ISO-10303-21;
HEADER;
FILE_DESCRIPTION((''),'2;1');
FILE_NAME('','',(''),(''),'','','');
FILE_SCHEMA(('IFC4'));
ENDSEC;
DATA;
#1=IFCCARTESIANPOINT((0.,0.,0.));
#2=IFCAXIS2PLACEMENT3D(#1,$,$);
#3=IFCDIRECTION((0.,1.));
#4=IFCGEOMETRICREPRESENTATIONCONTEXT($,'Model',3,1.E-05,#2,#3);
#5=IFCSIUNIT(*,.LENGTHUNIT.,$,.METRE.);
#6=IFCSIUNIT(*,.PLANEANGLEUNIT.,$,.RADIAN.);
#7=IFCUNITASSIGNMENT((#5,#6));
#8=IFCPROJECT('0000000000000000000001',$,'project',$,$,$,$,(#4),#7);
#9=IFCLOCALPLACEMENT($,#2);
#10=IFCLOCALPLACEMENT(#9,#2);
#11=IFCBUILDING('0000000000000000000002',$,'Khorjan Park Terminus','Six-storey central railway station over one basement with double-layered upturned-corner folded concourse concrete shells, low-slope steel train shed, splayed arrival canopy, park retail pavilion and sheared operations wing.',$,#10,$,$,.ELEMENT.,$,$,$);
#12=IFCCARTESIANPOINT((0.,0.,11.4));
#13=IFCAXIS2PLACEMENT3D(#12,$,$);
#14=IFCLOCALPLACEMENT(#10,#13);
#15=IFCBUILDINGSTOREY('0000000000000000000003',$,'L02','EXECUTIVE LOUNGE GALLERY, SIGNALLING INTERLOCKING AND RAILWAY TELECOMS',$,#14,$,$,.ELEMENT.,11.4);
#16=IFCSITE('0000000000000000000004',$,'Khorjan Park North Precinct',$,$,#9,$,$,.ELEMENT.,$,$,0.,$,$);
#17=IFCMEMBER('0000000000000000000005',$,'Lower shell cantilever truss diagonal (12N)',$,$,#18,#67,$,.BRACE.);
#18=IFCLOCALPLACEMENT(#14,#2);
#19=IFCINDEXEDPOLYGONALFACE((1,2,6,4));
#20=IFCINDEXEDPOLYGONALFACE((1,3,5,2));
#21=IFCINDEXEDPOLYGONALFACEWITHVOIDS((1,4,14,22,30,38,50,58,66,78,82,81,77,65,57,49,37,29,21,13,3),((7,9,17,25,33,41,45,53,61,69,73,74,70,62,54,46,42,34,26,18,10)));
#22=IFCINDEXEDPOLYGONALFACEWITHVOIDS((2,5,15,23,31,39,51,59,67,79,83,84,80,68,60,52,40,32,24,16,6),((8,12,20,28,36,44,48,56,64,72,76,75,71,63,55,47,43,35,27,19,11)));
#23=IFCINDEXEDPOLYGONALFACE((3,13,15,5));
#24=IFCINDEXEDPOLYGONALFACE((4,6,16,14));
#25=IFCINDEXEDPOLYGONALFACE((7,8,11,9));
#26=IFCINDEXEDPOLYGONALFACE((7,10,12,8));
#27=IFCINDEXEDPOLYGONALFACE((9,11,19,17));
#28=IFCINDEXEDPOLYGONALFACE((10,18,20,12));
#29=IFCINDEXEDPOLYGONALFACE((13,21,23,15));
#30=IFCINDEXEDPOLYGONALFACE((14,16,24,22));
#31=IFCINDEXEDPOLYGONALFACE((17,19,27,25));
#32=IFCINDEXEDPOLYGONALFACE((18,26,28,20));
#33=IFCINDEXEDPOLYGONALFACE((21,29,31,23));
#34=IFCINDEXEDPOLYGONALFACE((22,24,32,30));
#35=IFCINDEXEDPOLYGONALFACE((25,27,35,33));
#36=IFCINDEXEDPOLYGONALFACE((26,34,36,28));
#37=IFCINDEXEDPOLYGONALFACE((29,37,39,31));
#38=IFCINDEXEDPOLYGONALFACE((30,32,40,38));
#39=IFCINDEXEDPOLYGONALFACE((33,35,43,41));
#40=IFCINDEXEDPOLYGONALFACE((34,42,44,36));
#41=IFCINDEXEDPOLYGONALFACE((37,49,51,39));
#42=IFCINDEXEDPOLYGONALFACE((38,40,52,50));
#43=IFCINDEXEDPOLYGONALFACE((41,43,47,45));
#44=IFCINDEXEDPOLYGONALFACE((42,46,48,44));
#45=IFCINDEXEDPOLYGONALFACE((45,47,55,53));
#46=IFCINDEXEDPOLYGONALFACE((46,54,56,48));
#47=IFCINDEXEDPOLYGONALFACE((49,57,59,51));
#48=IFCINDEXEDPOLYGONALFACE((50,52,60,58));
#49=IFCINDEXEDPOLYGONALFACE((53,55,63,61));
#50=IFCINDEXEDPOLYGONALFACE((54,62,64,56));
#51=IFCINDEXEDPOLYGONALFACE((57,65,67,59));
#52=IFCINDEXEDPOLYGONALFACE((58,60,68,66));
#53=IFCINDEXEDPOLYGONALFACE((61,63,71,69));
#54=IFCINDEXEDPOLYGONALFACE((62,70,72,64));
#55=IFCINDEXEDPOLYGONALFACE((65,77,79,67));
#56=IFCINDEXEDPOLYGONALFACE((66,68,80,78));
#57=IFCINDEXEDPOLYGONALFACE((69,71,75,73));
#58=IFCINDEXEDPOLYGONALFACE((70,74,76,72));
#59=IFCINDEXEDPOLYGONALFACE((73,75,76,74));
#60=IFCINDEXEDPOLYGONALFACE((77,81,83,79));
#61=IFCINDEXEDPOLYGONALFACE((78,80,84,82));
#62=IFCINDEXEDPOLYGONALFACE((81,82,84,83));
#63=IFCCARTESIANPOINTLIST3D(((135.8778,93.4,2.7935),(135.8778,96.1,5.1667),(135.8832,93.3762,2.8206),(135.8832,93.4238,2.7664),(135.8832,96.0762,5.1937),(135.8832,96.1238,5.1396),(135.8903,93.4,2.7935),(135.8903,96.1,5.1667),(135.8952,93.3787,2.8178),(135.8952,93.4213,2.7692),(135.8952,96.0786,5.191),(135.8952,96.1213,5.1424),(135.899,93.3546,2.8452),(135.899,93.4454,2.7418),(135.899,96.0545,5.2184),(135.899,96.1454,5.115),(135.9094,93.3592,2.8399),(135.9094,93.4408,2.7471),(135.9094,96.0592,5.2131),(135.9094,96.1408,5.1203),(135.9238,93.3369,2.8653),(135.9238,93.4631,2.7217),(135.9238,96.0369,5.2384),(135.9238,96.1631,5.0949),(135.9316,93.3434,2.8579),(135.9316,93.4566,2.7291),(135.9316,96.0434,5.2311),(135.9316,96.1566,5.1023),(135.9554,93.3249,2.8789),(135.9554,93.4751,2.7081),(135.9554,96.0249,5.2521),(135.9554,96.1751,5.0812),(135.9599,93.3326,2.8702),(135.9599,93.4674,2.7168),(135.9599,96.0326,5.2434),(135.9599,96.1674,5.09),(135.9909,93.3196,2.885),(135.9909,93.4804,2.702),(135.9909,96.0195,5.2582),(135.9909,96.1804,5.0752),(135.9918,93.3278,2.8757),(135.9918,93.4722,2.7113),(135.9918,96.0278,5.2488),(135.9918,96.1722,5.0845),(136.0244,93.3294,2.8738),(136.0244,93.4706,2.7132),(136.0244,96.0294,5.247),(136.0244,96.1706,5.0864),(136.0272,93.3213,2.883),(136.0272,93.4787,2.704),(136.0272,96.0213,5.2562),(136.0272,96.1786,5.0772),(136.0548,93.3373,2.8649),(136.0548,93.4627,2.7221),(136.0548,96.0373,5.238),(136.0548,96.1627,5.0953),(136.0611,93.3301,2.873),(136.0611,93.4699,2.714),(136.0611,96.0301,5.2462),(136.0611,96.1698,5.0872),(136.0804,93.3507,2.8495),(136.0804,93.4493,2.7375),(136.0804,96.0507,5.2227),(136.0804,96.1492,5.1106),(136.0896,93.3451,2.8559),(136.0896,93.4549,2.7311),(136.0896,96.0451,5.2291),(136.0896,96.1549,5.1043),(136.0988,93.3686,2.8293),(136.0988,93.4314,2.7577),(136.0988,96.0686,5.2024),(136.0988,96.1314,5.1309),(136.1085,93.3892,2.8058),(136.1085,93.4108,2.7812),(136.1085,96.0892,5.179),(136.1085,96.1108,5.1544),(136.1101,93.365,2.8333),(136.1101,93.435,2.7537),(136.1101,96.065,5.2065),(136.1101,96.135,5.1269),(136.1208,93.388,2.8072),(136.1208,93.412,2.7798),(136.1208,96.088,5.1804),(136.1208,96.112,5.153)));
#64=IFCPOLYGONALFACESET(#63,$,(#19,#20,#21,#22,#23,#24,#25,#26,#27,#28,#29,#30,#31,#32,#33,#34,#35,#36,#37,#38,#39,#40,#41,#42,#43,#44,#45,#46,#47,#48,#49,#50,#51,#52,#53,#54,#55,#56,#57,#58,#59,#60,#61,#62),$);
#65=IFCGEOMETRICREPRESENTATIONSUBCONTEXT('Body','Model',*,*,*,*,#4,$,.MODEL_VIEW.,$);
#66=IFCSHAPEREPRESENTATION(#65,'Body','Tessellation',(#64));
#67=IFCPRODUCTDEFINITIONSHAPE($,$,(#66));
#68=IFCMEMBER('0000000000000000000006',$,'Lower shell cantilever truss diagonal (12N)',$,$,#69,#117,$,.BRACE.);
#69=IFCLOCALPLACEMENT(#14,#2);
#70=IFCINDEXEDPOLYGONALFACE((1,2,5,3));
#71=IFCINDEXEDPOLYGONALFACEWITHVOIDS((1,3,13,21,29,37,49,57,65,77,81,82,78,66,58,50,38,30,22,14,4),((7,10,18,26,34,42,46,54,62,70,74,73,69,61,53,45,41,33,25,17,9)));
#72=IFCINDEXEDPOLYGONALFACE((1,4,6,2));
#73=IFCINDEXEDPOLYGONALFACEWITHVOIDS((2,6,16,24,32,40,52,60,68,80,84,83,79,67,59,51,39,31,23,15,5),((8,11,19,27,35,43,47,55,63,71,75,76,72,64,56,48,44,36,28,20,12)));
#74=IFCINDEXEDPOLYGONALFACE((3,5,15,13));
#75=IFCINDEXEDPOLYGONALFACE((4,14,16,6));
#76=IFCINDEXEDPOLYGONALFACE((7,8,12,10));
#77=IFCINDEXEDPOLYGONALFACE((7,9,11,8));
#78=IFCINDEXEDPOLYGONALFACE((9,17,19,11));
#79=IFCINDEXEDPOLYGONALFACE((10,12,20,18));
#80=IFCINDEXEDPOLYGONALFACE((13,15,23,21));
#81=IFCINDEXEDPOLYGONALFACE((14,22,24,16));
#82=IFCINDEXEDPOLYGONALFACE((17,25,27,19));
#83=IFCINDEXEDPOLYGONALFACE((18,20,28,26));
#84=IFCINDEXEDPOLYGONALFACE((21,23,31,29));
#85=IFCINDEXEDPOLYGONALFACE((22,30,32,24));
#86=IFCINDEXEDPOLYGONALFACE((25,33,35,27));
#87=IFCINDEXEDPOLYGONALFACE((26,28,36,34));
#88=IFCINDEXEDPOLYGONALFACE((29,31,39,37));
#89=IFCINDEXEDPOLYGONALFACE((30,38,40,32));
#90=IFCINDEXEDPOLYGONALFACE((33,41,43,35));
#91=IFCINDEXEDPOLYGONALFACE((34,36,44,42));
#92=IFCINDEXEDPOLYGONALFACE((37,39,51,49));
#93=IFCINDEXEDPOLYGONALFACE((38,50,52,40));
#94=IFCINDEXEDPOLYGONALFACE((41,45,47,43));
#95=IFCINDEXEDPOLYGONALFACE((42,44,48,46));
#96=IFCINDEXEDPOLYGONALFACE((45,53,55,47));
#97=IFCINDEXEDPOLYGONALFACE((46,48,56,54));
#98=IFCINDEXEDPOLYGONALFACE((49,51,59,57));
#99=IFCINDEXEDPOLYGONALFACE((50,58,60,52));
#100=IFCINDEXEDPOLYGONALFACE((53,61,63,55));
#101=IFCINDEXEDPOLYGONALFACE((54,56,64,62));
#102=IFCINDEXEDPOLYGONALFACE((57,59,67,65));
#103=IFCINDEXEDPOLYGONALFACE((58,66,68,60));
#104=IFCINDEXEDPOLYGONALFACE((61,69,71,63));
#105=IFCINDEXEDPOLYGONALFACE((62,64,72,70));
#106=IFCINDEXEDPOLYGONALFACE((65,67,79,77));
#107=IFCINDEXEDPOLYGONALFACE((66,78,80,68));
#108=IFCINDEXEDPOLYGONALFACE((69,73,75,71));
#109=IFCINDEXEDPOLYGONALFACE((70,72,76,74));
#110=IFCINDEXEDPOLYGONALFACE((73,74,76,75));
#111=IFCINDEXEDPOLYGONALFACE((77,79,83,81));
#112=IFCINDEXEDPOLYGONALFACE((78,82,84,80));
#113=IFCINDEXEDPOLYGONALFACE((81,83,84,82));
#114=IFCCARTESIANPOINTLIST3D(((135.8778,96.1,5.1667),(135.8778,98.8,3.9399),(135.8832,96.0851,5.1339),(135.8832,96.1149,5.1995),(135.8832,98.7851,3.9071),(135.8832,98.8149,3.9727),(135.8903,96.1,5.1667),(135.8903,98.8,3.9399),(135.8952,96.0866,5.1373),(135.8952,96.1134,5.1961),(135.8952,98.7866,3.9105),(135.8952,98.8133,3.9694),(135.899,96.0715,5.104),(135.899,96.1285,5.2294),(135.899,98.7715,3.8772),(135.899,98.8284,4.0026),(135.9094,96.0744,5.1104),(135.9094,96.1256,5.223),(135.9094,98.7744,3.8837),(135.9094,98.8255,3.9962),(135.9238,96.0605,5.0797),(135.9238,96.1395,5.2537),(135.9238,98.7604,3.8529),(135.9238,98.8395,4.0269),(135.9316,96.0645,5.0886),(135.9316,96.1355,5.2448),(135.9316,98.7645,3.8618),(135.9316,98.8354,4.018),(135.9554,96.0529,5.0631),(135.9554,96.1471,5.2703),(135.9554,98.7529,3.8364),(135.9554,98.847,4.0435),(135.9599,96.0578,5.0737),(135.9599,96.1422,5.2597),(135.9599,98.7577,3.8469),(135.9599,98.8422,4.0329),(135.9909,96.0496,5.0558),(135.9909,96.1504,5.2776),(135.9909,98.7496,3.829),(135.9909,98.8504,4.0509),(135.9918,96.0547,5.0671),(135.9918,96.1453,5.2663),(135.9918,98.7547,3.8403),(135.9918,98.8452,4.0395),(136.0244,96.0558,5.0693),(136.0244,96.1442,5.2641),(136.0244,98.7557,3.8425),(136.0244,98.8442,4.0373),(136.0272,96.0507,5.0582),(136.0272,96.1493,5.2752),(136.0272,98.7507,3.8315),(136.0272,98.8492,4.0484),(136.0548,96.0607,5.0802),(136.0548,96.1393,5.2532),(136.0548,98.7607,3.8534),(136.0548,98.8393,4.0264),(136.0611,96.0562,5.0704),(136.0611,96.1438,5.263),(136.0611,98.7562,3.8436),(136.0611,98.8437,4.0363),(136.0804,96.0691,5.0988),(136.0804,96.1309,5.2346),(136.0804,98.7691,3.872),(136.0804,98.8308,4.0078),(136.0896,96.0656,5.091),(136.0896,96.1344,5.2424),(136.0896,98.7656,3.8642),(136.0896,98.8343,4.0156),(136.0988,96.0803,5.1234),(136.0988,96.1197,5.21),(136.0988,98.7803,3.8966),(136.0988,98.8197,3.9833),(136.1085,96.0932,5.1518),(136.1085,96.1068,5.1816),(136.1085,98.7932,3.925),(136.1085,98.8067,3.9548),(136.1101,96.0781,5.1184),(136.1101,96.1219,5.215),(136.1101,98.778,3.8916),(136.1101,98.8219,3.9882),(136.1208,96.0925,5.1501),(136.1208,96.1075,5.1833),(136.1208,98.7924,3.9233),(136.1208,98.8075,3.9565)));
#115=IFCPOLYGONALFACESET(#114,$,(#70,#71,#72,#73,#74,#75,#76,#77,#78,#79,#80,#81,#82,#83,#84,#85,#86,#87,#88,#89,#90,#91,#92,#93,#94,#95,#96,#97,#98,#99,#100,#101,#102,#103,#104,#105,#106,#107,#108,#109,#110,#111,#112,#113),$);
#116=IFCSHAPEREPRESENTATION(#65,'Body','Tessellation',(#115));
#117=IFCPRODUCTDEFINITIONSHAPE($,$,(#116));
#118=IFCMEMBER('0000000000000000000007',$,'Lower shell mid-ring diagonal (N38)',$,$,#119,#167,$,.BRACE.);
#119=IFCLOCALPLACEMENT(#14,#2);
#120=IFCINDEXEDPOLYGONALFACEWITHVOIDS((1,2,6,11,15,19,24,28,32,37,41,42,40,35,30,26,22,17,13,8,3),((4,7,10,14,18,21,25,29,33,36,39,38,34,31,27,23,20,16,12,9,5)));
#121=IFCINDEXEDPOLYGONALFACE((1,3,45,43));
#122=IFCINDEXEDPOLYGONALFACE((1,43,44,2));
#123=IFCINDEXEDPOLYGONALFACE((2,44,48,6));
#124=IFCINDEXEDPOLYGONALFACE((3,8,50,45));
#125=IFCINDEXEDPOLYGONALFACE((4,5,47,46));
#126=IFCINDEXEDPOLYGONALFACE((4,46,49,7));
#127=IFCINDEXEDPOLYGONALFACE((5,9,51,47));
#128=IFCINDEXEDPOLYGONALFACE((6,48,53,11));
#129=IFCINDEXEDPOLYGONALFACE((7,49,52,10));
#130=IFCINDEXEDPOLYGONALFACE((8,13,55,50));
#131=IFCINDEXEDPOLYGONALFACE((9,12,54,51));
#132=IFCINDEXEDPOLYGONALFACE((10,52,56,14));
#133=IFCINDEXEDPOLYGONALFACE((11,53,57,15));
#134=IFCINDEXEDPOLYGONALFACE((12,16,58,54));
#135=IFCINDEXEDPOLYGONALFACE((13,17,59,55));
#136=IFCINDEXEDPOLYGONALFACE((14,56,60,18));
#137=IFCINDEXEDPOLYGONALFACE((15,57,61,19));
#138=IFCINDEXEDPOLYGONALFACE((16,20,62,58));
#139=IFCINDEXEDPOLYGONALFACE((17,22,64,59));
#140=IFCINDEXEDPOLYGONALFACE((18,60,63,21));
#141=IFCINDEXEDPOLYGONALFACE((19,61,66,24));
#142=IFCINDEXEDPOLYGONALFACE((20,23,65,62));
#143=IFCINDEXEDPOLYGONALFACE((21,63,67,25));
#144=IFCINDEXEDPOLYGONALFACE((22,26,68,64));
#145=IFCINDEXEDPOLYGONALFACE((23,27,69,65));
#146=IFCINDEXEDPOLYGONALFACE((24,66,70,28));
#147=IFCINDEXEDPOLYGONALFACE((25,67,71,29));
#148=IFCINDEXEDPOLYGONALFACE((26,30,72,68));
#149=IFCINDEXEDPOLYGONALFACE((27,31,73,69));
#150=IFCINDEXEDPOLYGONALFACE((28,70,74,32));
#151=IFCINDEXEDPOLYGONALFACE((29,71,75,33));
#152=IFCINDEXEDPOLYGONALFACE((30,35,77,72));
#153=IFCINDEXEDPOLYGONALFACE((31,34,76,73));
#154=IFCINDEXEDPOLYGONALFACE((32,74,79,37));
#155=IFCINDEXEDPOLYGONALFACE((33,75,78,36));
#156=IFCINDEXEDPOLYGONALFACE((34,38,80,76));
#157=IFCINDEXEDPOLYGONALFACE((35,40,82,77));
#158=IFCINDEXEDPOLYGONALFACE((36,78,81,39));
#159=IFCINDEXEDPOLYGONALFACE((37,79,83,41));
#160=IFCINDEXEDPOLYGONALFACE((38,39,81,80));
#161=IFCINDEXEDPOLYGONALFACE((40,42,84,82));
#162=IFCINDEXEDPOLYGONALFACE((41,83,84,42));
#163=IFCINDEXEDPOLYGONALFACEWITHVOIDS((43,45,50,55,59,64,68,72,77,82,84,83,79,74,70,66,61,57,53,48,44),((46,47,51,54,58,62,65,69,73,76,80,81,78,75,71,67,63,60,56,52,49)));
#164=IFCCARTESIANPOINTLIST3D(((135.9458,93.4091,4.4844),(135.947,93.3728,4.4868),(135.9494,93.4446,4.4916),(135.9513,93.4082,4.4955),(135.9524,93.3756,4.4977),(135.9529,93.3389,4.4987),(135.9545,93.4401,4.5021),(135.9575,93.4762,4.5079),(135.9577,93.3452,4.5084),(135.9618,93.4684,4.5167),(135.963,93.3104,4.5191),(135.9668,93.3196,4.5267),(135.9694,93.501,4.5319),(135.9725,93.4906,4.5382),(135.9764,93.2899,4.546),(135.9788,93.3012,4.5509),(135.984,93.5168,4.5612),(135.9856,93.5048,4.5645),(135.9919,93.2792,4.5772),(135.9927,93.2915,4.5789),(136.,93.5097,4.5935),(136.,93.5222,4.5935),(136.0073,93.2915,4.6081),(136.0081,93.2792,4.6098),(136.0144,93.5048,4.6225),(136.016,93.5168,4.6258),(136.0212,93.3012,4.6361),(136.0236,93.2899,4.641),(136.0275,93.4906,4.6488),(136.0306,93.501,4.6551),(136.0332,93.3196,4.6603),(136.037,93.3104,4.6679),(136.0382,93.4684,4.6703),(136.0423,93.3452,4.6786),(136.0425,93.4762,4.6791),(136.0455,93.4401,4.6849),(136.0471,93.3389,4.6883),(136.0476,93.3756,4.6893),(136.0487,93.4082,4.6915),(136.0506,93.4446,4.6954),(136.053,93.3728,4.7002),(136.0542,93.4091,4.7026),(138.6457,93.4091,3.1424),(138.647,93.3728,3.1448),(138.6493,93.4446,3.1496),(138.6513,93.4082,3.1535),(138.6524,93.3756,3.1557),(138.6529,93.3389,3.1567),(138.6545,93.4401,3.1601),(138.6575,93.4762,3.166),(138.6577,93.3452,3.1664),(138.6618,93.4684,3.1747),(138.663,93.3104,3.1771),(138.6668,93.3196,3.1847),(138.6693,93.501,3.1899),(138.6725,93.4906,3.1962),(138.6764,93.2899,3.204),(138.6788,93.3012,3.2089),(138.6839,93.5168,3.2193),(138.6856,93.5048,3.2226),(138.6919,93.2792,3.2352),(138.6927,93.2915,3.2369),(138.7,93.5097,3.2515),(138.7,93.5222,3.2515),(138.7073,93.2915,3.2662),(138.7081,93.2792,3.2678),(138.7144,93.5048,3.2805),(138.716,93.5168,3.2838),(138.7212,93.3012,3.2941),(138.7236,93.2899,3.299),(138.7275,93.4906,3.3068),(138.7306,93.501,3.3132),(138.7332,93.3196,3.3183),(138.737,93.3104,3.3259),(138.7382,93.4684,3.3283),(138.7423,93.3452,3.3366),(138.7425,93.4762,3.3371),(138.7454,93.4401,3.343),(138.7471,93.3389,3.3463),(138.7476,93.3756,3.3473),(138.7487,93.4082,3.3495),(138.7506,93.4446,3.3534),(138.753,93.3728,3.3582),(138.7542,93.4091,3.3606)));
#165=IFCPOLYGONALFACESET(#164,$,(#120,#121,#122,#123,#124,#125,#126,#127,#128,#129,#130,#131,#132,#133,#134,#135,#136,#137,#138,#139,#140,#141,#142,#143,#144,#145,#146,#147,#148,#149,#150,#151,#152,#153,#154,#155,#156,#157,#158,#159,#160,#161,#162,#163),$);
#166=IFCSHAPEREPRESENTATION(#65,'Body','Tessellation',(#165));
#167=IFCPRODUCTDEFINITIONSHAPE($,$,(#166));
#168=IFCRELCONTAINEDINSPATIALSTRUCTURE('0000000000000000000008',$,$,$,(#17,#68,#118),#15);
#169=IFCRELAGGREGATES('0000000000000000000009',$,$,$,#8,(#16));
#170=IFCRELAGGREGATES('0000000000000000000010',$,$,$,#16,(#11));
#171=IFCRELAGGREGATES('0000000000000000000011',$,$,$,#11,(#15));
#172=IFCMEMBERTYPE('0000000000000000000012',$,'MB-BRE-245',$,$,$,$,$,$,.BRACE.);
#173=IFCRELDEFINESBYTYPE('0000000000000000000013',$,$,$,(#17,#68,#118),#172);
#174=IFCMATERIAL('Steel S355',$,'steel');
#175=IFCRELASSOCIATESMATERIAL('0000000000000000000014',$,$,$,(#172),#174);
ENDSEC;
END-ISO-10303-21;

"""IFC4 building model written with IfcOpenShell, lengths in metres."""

from ifc_helpers import new_model, si_unit, direction, frame, origin, origin_2d, place, context, subcontext, project, spatial, hollow_circle, extrude, material, material_profile, profile_set, type_object, element, save


model = new_model("IFC4")

# Units and contexts
model_context = context("Model", 3, precision=1e-05, world=origin(), true_north=direction((0.0, 1.0)))
body_context = subcontext(model_context, "Body", "Model", "MODEL_VIEW")
ifc_project = project(units=[si_unit("LENGTHUNIT", "METRE"), si_unit("PLANEANGLEUNIT", "RADIAN")], contexts=[model_context])

# Site, building, storey
site_placement = place(None, origin())
site = spatial("IfcSite", under=ifc_project, at=site_placement, Name="Khorjan Park North Precinct", CompositionType="ELEMENT", RefElevation=0.0)
building_placement = place(site_placement, origin())
building = spatial("IfcBuilding", under=site, at=building_placement, Name="Khorjan Park Terminus", Description="Six-storey central railway station over one basement with double-layered upturned-corner folded concourse concrete shells, low-slope steel train shed, splayed arrival canopy, park retail pavilion and sheared operations wing.", CompositionType="ELEMENT")
storey_placement = place(building_placement, frame((0.0, 0.0, 11.4)))
storey = spatial("IfcBuildingStorey", under=building, at=storey_placement, Name="L02", Description="EXECUTIVE LOUNGE GALLERY, SIGNALLING INTERLOCKING AND RAILWAY TELECOMS", CompositionType="ELEMENT", Elevation=11.4)

# Shared definitions
ifc_material_1 = material(Name="Steel S355", Category="steel")

# Members
ifc_material_profile_1 = material_profile(ifc_material_1, hollow_circle(Radius=0.1222, WallThickness=0.0125, at=origin_2d()), Name="CHS 244.5x12.5")
ifc_profile_set_1 = profile_set([ifc_material_profile_1], Name="Steel S355")
member_type_1 = type_object("IfcMemberType", Name="MB-BRE-245", PredefinedType="BRACE", material=ifc_profile_set_1)
member_1_placement = place(storey_placement, frame((136.0, 93.4, 2.7935), z_axis=(0.0, 0.7511, 0.660189), x_axis=(-1.0, 0.0, 0.0)))
element("IfcMember", 1, at=member_1_placement, inside=storey, type_object=member_type_1, Name="Lower shell cantilever truss diagonal (12N)", PredefinedType="BRACE", context=body_context, shape_type="SweptSolid", body=[
    extrude(hollow_circle(Radius=0.1222, WallThickness=0.0125, at=origin_2d()), origin(), (0.0, 0.0, 1.0), 3.5947),
])
member_2_placement = place(storey_placement, frame((136.0, 96.1, 5.1667), z_axis=(0.0, 0.910427, -0.413671), x_axis=(-1.0, 0.0, 0.0)))
element("IfcMember", 2, at=member_2_placement, inside=storey, type_object=member_type_1, Name="Lower shell cantilever truss diagonal (12N)", PredefinedType="BRACE", context=body_context, shape_type="SweptSolid", body=[
    extrude(hollow_circle(Radius=0.1222, WallThickness=0.0125, at=origin_2d()), origin(), (0.0, 0.0, 1.0), 2.9656),
])
member_3_placement = place(storey_placement, frame((136.0, 93.4, 4.5935), z_axis=(0.895486, 0.0, -0.44509), x_axis=(0.0, 1.0, 0.0)))
element("IfcMember", 3, at=member_3_placement, inside=storey, type_object=member_type_1, Name="Lower shell mid-ring diagonal (N38)", PredefinedType="BRACE", context=body_context, shape_type="SweptSolid", body=[
    extrude(hollow_circle(Radius=0.1222, WallThickness=0.0125, at=origin_2d()), origin(), (0.0, 0.0, 1.0), 3.0151),
])

save(model, "model.ifc")
